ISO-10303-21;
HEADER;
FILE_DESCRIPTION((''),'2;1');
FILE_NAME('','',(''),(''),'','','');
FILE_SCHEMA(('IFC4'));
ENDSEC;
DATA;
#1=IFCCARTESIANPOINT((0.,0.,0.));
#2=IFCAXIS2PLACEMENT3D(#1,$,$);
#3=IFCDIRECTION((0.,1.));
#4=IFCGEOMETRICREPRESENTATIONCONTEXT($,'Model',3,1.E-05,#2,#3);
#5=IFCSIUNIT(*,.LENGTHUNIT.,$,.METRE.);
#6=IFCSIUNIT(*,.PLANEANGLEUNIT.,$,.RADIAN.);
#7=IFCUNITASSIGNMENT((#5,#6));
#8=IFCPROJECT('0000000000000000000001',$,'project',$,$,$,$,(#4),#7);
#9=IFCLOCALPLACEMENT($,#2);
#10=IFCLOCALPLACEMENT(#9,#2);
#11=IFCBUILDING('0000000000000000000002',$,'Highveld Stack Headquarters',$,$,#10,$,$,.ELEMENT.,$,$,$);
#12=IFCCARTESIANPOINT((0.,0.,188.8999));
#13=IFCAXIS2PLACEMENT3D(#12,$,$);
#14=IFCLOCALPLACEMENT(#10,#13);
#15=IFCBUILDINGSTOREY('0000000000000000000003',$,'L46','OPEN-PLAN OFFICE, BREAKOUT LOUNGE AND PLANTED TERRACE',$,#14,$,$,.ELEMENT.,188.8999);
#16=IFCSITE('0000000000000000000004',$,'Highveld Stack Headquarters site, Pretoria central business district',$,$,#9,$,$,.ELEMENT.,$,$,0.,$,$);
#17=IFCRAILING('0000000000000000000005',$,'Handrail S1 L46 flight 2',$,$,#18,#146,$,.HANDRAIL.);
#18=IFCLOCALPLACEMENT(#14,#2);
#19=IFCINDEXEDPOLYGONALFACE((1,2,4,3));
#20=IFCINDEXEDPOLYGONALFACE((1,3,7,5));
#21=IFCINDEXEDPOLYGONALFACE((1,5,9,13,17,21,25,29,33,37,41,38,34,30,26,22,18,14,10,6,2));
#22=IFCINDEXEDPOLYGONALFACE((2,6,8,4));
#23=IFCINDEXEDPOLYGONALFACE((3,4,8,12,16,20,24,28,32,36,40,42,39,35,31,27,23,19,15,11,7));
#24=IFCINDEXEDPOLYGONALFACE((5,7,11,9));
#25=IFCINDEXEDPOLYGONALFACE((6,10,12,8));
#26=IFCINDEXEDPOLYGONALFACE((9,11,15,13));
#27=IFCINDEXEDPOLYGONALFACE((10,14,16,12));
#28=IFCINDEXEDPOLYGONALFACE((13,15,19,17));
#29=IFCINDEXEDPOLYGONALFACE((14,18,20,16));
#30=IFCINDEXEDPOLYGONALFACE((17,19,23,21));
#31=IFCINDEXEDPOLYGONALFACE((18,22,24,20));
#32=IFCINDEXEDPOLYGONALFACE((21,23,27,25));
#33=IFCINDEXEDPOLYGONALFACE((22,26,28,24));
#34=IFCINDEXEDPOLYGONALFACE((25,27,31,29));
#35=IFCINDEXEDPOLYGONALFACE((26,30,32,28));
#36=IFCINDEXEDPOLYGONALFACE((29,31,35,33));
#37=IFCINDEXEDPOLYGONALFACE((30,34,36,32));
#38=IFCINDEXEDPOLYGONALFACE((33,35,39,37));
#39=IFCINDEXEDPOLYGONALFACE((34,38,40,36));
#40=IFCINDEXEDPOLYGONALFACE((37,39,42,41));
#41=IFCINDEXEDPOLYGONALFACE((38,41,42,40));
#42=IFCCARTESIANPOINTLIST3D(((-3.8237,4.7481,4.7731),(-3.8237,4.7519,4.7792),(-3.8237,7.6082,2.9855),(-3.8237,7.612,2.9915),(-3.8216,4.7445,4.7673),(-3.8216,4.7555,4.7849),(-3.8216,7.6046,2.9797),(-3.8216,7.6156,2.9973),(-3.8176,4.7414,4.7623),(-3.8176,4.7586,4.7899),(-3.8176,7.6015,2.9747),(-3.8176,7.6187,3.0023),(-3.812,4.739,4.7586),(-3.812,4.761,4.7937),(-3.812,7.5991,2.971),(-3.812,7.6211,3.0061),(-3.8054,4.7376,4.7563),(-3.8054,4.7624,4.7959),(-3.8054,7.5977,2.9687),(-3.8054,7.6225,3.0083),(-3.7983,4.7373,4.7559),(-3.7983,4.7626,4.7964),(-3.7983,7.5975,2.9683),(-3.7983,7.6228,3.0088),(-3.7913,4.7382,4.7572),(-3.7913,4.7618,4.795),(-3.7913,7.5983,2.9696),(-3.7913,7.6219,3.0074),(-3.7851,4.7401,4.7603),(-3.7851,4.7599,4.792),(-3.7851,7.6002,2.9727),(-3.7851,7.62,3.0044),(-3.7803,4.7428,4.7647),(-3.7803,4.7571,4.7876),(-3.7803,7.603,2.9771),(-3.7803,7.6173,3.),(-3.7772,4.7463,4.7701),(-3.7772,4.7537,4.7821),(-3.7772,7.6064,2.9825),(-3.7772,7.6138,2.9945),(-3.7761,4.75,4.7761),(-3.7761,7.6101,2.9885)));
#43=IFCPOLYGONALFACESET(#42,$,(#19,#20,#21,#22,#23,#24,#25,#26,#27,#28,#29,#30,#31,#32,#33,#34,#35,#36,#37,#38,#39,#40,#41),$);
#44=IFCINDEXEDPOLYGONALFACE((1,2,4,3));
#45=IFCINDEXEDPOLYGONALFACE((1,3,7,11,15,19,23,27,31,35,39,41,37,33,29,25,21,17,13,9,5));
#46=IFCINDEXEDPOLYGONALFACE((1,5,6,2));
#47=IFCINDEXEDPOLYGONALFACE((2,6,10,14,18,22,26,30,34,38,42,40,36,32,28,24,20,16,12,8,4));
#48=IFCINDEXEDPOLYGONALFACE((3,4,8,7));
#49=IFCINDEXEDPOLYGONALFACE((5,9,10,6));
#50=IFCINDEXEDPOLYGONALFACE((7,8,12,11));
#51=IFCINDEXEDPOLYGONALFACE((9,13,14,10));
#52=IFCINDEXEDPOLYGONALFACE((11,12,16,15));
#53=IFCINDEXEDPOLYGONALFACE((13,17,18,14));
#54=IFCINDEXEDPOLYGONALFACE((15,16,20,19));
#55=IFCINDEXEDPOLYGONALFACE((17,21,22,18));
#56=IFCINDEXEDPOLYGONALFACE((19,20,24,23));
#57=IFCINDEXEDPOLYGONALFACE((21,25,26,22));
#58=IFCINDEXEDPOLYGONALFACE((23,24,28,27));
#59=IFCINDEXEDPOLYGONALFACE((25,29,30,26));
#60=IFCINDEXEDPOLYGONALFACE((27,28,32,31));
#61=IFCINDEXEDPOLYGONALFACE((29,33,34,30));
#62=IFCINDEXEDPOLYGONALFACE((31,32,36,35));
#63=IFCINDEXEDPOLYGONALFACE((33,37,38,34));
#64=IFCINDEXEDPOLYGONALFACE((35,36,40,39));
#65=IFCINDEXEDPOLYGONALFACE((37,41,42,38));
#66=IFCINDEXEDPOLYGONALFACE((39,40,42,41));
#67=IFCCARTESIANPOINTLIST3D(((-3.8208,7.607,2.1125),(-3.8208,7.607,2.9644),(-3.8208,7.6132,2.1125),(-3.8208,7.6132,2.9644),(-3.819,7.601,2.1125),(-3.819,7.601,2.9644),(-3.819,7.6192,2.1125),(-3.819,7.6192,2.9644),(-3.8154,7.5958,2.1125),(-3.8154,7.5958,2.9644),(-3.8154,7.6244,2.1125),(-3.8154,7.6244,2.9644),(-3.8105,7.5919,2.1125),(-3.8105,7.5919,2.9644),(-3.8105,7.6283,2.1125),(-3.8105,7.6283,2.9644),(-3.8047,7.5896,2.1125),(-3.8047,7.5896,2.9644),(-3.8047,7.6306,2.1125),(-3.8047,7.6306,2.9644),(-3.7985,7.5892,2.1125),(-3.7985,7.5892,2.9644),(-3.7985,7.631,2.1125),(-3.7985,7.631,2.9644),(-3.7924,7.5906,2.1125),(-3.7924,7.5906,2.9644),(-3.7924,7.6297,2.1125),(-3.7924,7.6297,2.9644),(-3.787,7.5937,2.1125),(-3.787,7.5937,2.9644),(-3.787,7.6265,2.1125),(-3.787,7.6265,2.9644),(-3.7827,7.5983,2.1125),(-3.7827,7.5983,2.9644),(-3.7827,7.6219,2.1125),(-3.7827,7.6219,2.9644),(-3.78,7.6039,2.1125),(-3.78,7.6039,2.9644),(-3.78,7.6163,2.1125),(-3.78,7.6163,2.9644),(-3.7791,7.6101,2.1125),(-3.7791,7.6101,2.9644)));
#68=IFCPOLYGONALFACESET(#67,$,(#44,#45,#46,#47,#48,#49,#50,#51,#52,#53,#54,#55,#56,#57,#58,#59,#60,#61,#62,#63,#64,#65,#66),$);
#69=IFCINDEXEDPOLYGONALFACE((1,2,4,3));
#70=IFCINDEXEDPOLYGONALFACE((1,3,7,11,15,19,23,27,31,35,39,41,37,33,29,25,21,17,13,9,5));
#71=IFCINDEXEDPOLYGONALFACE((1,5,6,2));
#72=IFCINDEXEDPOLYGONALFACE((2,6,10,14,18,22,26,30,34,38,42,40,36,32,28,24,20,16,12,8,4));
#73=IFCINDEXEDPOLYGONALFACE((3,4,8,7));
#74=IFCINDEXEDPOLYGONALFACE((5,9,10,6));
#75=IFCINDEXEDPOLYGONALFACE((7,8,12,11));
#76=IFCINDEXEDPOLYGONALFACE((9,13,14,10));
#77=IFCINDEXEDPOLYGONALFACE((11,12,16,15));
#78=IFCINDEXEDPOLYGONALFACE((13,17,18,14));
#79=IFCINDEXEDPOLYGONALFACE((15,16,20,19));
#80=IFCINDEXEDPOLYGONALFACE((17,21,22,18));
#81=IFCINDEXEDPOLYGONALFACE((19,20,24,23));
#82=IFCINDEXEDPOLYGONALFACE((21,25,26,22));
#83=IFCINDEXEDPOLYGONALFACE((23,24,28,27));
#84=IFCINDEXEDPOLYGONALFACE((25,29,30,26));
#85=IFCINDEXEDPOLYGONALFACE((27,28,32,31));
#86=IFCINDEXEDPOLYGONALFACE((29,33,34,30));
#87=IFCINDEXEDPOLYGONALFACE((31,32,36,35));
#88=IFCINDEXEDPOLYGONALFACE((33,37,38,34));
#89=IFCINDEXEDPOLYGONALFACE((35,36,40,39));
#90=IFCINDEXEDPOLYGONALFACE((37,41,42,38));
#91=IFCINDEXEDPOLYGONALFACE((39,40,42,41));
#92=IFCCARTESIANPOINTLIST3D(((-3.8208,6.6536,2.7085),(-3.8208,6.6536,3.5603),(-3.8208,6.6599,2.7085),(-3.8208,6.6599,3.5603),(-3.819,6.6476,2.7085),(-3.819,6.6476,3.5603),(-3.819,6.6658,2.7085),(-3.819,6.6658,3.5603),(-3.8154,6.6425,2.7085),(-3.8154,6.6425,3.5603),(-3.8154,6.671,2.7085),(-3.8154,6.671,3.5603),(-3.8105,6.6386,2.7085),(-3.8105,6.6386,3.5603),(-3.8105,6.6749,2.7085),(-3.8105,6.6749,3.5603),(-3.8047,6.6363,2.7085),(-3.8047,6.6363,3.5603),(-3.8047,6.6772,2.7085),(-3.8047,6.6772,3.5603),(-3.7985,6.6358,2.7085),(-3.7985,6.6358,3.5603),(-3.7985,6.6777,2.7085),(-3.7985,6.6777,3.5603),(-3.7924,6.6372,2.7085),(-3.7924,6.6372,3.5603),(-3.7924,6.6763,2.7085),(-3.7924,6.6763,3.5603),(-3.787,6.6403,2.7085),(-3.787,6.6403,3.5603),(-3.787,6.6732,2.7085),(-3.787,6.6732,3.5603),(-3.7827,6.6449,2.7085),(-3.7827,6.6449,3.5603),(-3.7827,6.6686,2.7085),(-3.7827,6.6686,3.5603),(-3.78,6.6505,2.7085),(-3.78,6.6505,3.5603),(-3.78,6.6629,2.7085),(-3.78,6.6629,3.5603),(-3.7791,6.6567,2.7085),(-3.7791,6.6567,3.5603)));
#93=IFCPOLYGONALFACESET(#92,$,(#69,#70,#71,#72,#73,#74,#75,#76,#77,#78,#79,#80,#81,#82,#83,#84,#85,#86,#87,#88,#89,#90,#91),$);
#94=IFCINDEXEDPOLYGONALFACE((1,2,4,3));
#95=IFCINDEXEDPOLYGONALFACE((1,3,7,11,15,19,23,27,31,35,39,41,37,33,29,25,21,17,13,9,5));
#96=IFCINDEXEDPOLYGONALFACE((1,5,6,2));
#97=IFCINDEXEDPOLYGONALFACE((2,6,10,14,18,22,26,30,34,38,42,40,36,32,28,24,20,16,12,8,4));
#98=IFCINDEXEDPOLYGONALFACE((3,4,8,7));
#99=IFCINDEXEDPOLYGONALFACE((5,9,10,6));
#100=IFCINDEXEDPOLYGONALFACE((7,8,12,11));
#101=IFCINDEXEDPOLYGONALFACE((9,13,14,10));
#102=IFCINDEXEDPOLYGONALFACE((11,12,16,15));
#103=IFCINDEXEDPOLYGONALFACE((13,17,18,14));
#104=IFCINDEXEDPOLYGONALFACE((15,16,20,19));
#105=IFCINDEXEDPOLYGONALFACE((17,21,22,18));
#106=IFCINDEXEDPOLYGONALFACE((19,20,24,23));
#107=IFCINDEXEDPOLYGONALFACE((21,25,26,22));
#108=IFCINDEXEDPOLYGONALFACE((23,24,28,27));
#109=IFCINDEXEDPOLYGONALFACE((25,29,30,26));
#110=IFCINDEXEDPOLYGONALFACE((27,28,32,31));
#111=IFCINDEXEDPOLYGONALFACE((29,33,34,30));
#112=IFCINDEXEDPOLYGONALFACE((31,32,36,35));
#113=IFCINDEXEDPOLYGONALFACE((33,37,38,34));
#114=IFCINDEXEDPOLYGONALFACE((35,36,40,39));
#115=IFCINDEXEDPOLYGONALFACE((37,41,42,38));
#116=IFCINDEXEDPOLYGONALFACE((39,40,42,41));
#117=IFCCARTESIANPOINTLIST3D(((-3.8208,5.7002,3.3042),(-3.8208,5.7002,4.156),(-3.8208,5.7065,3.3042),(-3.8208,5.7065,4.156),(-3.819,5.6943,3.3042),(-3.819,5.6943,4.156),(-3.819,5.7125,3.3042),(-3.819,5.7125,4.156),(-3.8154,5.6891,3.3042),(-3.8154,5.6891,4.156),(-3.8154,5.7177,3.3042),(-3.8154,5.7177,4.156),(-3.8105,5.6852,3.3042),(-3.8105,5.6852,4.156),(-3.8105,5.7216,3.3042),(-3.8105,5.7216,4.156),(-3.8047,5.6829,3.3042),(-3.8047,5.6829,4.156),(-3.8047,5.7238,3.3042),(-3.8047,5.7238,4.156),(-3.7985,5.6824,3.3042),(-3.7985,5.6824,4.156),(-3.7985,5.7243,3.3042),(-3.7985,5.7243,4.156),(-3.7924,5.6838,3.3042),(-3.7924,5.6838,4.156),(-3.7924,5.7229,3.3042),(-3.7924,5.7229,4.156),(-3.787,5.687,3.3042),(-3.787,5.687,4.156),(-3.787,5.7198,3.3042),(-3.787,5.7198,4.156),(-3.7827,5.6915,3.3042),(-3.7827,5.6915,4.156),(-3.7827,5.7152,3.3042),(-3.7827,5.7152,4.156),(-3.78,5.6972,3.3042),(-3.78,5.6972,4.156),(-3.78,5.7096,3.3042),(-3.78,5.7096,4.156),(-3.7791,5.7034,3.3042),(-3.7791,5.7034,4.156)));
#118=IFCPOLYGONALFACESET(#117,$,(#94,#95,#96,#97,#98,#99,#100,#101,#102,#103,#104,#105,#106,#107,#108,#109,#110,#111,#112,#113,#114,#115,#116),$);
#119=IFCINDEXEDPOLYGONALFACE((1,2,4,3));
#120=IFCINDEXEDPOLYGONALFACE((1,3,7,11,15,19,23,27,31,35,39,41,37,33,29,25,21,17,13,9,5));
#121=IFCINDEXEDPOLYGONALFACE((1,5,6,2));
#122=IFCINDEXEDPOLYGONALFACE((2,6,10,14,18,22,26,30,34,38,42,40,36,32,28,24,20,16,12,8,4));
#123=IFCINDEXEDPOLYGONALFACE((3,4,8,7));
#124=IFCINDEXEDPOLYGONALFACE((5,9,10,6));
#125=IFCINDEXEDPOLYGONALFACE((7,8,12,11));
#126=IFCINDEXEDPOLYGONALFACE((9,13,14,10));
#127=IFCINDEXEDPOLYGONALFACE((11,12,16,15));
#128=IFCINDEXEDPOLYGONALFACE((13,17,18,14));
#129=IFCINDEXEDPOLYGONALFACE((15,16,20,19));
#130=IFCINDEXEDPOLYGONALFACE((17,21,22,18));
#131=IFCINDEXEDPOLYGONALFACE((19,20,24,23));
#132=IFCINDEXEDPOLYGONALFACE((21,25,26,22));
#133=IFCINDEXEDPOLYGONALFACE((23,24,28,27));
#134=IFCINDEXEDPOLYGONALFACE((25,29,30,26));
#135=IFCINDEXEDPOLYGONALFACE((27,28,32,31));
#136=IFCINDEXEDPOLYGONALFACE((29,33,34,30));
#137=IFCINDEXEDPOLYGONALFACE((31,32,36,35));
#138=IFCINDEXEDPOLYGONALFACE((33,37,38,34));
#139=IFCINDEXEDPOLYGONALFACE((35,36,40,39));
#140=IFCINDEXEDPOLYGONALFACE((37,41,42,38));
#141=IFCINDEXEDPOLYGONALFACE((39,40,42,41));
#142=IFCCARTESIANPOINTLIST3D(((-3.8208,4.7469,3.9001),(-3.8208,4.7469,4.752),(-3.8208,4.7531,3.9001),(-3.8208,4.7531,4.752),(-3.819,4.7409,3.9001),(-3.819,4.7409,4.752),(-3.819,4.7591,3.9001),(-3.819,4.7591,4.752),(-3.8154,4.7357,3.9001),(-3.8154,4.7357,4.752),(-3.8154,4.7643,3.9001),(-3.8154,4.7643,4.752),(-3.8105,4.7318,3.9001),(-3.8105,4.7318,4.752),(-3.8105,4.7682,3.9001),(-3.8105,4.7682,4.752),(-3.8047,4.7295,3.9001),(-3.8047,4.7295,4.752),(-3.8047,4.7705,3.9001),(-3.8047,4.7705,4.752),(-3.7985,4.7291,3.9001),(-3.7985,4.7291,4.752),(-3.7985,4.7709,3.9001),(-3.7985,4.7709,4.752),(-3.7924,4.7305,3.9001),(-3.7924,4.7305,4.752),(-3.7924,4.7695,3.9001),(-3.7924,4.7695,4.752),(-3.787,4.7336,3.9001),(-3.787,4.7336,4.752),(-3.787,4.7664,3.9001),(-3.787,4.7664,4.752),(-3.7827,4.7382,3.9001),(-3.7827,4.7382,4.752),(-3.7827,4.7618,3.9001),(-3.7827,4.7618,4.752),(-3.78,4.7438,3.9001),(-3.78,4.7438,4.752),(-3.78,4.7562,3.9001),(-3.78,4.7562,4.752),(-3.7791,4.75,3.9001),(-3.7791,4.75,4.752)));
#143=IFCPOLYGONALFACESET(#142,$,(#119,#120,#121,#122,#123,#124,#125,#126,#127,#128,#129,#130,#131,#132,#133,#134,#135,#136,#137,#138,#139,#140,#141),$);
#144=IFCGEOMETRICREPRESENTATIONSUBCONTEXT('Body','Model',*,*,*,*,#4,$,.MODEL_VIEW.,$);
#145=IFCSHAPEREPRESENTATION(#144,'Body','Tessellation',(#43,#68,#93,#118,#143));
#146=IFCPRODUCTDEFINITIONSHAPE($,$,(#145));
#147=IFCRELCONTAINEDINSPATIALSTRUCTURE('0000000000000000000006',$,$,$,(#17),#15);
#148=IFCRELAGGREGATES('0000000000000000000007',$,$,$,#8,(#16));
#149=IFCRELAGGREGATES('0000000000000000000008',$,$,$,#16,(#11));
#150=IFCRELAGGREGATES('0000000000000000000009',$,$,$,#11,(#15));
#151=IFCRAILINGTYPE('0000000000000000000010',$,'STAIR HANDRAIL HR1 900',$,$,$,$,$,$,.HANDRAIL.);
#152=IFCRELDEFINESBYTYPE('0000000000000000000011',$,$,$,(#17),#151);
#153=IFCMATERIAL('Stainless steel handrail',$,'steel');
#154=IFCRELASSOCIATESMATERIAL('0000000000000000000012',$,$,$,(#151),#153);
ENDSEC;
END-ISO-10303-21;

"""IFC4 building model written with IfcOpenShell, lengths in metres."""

from ifc_helpers import new_model, si_unit, direction, frame, origin, origin_2d, place, context, subcontext, project, spatial, circle, extrude, material, type_object, element, save


model = new_model("IFC4")

# Units and contexts
model_context = context("Model", 3, precision=1e-05, world=origin(), true_north=direction((0.0, 1.0)))
body_context = subcontext(model_context, "Body", "Model", "MODEL_VIEW")
ifc_project = project(units=[si_unit("LENGTHUNIT", "METRE"), si_unit("PLANEANGLEUNIT", "RADIAN")], contexts=[model_context])

# Site, building, storey
site_placement = place(None, origin())
site = spatial("IfcSite", under=ifc_project, at=site_placement, Name="Highveld Stack Headquarters site, Pretoria central business district", CompositionType="ELEMENT", RefElevation=0.0)
building_placement = place(site_placement, origin())
building = spatial("IfcBuilding", under=site, at=building_placement, Name="Highveld Stack Headquarters", CompositionType="ELEMENT")
storey_placement = place(building_placement, frame((0.0, 0.0, 188.8999)))
storey = spatial("IfcBuildingStorey", under=building, at=storey_placement, Name="L46", Description="OPEN-PLAN OFFICE, BREAKOUT LOUNGE AND PLANTED TERRACE", CompositionType="ELEMENT", Elevation=188.8999)

# Railing
ifc_material_1 = material(Name="Stainless steel handrail", Category="steel")
railing_type = type_object("IfcRailingType", Name="STAIR HANDRAIL HR1 900", PredefinedType="HANDRAIL", material=ifc_material_1)
for number, where, name in (
    (1, (-3.8, 7.6101, 2.1125), "Handrail S1 L46 flight 2"),
):
    element("IfcRailing", number, at=place(storey_placement, frame(where)), inside=storey, type_object=railing_type, Name=name, PredefinedType="HANDRAIL", context=body_context, shape_type="SweptSolid", body=[
        extrude(circle(Radius=0.0239, at=origin_2d()), frame((0.0, 0.0, 0.876), z_axis=(0.0, -0.847994, 0.530005), x_axis=(1.0, 0.0, 0.0)), (0.0, 0.0, 1.0), 3.3728),
        extrude(circle(Radius=0.021, at=origin_2d()), origin(), (0.0, 0.0, 1.0), 0.8518),
        extrude(circle(Radius=0.021, at=origin_2d()), frame((0.0, -0.9534, 0.5959)), (0.0, 0.0, 1.0), 0.8518),
        extrude(circle(Radius=0.021, at=origin_2d()), frame((0.0, -1.9067, 1.1917)), (0.0, 0.0, 1.0), 0.8518),
        extrude(circle(Radius=0.021, at=origin_2d()), frame((0.0, -2.8601, 1.7876)), (0.0, 0.0, 1.0), 0.8518),
    ])

save(model, "model.ifc")
